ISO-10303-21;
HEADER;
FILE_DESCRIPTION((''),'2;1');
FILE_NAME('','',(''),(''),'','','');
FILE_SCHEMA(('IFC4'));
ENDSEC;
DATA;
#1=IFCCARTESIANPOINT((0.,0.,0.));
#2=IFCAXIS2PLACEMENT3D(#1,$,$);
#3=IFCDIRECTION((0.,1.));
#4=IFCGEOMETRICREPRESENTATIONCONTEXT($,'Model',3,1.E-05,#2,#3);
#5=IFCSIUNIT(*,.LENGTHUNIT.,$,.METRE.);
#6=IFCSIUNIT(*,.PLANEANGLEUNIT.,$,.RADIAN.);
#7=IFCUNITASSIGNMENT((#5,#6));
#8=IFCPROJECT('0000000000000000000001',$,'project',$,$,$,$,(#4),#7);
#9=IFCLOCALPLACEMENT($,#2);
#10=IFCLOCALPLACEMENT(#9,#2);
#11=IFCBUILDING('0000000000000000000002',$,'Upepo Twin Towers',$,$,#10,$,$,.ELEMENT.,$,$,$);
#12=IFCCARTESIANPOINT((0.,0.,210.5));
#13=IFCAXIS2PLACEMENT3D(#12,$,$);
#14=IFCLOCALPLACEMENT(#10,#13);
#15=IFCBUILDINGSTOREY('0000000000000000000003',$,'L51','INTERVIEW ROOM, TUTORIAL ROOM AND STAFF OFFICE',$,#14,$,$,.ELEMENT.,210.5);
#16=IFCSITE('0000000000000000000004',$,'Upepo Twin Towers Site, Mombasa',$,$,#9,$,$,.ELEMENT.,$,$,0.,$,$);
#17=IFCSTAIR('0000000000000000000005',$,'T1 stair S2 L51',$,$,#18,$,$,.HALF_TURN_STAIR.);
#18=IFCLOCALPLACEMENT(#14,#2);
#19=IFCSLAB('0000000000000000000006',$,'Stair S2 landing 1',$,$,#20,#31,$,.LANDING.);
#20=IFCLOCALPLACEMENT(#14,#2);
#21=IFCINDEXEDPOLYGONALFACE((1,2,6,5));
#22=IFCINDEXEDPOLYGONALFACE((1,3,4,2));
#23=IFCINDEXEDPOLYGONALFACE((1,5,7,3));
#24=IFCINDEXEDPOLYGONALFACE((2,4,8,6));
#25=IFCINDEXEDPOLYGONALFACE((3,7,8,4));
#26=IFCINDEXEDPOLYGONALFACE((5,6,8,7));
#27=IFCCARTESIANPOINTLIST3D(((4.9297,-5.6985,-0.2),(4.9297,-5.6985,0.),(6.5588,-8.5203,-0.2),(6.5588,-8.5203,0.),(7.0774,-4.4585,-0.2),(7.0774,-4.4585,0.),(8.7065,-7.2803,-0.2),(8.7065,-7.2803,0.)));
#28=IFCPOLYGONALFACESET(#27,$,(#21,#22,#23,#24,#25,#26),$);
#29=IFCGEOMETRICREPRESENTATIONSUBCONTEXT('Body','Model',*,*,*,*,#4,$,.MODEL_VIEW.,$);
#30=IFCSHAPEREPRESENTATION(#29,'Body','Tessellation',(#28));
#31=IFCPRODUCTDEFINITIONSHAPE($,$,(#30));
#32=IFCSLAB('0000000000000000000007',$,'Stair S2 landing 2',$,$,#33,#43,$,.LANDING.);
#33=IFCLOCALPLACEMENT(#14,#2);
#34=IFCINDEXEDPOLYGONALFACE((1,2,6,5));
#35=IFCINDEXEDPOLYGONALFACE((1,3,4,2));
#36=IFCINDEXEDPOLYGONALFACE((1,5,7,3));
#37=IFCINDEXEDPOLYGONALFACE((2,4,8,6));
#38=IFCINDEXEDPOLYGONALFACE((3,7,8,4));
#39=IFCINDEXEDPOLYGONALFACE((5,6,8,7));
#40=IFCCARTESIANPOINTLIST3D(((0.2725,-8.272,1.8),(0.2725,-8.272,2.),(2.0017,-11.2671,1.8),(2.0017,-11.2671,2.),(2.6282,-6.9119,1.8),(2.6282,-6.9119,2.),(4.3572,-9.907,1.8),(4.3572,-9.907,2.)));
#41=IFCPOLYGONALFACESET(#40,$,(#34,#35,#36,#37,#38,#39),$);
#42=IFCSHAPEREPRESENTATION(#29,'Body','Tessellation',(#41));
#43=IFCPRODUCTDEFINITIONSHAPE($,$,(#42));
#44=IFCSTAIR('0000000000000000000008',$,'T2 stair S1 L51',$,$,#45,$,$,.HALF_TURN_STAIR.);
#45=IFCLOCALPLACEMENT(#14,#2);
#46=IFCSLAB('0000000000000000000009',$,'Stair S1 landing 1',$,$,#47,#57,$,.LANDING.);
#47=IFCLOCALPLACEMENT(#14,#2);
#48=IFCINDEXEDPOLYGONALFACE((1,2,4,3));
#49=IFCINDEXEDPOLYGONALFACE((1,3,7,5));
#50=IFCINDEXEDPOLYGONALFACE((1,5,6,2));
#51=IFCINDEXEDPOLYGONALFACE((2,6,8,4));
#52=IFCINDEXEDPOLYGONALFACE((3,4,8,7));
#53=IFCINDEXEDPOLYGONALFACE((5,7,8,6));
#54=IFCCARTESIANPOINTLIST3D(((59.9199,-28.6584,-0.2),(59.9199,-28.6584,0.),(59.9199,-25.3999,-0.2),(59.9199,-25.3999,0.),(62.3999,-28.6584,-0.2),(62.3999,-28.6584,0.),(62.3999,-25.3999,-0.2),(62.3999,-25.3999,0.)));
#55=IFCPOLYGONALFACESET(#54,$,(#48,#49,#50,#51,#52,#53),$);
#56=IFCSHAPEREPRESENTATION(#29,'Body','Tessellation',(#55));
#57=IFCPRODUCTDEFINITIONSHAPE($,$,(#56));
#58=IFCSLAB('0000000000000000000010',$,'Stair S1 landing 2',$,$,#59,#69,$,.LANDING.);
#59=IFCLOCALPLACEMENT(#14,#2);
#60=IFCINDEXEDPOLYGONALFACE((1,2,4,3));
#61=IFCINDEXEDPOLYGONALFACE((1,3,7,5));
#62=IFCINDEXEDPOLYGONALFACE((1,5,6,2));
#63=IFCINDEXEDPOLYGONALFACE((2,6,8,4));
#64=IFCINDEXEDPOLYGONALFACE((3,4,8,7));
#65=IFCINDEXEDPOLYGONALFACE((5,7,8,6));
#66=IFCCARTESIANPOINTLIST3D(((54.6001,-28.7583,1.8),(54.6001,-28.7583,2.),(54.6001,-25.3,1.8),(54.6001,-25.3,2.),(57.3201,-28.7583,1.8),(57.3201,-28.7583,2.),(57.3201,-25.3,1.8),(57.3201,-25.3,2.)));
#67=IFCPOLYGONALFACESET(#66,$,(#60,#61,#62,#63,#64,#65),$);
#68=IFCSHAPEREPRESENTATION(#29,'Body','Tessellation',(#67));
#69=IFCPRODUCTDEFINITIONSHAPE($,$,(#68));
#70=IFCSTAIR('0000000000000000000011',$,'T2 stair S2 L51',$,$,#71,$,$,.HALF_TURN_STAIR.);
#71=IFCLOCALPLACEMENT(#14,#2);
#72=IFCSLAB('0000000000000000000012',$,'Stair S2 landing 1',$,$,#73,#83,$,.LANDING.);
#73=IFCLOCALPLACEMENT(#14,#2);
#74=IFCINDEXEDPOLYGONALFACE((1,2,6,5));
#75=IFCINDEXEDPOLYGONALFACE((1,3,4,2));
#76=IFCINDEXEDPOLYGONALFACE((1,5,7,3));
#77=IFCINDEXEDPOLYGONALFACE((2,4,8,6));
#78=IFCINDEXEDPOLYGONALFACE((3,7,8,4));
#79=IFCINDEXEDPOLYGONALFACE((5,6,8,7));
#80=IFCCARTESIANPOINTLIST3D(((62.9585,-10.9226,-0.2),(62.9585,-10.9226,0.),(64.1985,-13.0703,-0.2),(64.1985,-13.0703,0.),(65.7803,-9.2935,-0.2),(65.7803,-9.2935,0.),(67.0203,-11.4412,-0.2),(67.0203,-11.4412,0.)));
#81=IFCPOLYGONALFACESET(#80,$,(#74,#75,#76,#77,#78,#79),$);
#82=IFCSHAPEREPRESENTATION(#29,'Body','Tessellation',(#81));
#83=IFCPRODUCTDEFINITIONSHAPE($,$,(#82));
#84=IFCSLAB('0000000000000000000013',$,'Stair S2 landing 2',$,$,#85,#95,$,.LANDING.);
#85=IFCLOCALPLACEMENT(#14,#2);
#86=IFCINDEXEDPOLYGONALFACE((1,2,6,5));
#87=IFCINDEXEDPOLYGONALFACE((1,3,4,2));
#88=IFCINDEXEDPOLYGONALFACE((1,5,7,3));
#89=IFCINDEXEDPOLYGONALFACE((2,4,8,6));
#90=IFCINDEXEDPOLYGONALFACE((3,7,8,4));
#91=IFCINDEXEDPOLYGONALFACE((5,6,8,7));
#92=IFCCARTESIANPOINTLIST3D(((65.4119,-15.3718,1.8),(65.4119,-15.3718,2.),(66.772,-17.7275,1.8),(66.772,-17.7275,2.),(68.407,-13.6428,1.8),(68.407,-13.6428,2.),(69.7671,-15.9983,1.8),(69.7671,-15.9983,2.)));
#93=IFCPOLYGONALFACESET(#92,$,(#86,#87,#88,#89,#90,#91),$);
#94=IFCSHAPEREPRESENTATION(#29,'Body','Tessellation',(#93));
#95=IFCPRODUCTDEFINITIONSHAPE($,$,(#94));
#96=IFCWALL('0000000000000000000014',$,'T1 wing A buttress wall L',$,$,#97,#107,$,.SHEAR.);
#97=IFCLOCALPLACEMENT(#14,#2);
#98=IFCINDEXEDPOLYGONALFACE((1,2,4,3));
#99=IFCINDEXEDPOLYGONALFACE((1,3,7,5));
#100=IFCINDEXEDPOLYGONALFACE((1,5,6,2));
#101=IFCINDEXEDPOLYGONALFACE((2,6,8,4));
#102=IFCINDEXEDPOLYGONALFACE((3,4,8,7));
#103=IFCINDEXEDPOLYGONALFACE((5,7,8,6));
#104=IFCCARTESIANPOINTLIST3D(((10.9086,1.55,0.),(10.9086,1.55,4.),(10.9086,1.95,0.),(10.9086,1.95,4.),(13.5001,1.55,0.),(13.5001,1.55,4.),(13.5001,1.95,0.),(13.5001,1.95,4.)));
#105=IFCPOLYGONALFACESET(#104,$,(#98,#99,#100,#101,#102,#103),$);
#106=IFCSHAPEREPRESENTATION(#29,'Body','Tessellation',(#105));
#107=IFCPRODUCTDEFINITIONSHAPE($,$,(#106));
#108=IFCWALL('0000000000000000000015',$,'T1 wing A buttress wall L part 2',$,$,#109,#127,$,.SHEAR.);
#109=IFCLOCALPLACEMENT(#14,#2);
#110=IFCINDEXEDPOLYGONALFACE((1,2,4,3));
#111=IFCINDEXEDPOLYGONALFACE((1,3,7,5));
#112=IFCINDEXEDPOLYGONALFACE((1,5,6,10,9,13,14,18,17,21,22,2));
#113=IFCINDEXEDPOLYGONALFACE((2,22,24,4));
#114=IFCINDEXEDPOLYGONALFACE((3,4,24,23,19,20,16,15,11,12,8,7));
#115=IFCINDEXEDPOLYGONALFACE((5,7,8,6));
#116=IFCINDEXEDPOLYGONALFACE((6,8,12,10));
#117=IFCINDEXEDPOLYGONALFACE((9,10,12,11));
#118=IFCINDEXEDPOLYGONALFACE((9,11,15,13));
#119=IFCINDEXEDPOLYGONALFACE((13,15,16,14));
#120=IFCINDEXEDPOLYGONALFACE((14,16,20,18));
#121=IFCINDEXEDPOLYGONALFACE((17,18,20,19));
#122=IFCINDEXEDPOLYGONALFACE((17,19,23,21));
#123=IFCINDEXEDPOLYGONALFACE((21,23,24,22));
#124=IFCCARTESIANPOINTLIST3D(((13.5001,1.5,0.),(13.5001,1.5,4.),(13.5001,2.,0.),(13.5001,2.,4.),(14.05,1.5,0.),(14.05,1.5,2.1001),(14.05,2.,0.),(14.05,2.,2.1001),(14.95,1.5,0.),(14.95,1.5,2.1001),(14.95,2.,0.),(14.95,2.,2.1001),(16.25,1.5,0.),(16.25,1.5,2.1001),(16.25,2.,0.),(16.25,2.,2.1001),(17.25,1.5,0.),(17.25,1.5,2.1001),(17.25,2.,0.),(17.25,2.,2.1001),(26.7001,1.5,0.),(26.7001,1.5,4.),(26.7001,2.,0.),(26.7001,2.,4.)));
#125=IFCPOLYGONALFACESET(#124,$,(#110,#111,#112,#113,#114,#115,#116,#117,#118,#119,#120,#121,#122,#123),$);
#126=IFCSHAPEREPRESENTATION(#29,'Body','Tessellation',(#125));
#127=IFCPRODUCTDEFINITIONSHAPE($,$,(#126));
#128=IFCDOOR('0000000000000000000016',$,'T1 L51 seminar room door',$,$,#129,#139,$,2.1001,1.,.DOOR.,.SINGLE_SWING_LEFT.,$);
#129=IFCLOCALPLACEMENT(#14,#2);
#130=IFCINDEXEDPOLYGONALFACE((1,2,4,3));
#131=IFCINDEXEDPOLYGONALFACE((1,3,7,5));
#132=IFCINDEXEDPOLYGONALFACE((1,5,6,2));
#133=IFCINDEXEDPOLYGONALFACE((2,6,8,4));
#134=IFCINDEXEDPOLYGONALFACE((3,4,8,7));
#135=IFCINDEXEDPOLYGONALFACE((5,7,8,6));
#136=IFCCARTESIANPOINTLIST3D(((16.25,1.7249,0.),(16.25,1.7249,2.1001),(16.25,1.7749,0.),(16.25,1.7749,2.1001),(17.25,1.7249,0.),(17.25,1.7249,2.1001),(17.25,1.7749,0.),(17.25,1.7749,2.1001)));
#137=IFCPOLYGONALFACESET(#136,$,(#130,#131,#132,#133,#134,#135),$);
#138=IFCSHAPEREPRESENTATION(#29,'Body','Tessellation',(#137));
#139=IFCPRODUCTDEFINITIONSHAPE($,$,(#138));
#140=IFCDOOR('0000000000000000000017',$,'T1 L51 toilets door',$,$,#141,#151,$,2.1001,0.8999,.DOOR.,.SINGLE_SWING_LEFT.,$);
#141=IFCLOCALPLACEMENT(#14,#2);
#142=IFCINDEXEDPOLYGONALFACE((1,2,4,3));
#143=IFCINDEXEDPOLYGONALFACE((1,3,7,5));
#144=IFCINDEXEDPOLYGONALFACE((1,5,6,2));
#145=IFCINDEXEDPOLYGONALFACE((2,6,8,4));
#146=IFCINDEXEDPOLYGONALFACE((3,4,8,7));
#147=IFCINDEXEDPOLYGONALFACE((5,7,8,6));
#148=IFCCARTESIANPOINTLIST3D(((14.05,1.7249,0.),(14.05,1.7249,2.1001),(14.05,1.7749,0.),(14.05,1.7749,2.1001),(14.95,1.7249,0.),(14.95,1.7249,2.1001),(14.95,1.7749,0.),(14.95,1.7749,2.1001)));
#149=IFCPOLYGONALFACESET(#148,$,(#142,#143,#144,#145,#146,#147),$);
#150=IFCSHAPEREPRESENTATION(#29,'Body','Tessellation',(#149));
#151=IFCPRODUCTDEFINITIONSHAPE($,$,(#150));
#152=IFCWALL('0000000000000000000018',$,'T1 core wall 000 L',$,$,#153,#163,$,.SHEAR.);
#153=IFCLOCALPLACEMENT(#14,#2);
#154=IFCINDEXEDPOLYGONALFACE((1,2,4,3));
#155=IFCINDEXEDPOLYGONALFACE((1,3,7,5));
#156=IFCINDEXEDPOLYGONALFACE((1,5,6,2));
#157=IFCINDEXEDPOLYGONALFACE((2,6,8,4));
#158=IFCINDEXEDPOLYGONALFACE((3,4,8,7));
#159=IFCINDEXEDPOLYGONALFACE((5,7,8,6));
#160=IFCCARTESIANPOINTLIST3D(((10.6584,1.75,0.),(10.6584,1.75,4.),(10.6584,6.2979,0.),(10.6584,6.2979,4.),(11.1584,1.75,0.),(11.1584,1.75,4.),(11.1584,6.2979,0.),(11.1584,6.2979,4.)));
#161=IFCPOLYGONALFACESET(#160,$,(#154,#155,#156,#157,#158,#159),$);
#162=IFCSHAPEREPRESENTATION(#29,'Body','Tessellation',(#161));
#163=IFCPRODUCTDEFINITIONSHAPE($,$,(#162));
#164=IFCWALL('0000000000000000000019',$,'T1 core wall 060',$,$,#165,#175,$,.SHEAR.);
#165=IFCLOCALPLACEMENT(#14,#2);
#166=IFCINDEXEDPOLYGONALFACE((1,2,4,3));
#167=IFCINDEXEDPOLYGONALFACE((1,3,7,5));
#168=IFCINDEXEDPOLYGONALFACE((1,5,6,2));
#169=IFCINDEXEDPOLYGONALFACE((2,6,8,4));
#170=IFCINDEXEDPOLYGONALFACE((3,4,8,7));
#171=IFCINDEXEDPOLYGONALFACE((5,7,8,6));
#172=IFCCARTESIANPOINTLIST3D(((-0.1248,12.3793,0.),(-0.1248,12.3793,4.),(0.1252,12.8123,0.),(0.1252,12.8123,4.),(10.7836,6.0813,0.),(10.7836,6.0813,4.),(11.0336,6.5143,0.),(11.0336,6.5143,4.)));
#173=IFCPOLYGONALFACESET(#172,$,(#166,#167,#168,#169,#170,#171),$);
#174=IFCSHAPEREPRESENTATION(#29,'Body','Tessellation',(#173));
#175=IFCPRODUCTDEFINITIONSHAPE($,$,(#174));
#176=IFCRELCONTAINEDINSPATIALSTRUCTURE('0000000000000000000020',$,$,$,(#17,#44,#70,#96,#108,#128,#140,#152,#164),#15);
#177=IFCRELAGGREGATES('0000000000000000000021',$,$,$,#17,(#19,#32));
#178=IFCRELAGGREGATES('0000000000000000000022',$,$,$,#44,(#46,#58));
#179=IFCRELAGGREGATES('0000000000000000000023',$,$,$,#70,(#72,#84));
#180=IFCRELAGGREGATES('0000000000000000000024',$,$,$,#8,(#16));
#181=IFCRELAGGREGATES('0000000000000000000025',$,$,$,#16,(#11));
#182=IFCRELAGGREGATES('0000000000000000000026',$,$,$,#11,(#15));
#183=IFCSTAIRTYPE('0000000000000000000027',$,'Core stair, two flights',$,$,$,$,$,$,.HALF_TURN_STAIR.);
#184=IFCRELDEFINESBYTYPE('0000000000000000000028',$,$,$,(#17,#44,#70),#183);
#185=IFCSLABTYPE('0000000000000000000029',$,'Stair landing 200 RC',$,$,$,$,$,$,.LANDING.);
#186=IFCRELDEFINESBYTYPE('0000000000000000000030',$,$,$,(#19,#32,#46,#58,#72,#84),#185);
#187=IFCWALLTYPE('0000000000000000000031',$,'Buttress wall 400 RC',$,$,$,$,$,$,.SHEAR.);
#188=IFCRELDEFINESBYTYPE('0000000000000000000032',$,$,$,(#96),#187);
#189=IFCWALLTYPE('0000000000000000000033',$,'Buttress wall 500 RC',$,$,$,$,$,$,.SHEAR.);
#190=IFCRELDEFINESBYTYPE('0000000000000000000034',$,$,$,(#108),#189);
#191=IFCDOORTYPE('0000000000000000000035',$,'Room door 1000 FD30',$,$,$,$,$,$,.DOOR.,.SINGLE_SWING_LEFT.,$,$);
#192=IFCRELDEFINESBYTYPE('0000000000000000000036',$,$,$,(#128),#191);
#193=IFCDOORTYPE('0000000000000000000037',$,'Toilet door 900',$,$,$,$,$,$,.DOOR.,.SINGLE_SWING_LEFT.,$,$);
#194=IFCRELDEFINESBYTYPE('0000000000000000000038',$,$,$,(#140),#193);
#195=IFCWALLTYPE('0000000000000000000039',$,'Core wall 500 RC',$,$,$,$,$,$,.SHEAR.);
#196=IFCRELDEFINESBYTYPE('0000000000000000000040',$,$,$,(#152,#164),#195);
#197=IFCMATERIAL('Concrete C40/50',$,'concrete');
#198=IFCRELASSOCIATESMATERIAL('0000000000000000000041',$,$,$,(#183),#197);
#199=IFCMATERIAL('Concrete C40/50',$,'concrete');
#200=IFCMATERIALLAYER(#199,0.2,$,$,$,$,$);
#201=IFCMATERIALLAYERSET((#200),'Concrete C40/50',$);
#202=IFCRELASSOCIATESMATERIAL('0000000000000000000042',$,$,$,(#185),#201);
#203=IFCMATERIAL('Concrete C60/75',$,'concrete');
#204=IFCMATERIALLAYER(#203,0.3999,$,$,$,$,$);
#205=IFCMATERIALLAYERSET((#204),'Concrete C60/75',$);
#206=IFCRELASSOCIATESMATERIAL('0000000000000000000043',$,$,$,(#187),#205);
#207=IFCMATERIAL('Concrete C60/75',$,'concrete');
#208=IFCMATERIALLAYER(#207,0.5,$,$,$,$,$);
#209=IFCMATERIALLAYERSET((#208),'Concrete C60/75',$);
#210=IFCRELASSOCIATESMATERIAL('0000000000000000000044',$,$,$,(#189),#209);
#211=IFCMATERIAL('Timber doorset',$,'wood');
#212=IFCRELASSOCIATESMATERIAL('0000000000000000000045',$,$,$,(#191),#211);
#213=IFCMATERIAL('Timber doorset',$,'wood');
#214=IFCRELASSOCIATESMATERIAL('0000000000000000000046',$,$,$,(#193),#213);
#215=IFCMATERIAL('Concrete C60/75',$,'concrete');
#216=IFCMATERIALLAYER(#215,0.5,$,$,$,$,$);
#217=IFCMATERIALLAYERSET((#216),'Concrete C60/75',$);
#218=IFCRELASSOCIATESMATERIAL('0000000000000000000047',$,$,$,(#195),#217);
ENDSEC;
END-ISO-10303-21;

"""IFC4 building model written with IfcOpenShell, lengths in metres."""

from ifc_helpers import new_model, si_unit, direction, frame, frame_2d, origin, place, context, subcontext, project, spatial, polyline, rectangle, outline, extrude, material, layer, layer_set, type_object, element, fill, aggregate, save


model = new_model("IFC4")

# Units and contexts
model_context = context("Model", 3, precision=1e-05, world=origin(), true_north=direction((0.0, 1.0)))
body_context = subcontext(model_context, "Body", "Model", "MODEL_VIEW")
ifc_project = project(units=[si_unit("LENGTHUNIT", "METRE"), si_unit("PLANEANGLEUNIT", "RADIAN")], contexts=[model_context])

# Site, building, storey
site_placement = place(None, origin())
site = spatial("IfcSite", under=ifc_project, at=site_placement, Name="Upepo Twin Towers Site, Mombasa", CompositionType="ELEMENT", RefElevation=0.0)
building_placement = place(site_placement, origin())
building = spatial("IfcBuilding", under=site, at=building_placement, Name="Upepo Twin Towers", CompositionType="ELEMENT")
storey_placement = place(building_placement, frame((0.0, 0.0, 210.5)))
storey = spatial("IfcBuildingStorey", under=building, at=storey_placement, Name="L51", Description="INTERVIEW ROOM, TUTORIAL ROOM AND STAFF OFFICE", CompositionType="ELEMENT", Elevation=210.5)

# Stairs, slabs
ifc_material_1 = material(Name="Concrete C40/50", Category="concrete")
stair_type = type_object("IfcStairType", Name="Core stair, two flights", PredefinedType="HALF_TURN_STAIR", material=ifc_material_1)
stair_1_placement = place(storey_placement, origin())
stair_1 = element("IfcStair", 1, at=stair_1_placement, inside=storey, type_object=stair_type, Name="T1 stair S2 L51", PredefinedType="HALF_TURN_STAIR")
ifc_material_2 = material(Name="Concrete C40/50", Category="concrete")
ifc_layer_1 = layer(ifc_material_2, 0.2)
ifc_layer_set_1 = layer_set([ifc_layer_1], Name="Concrete C40/50")
slab_type = type_object("IfcSlabType", Name="Stair landing 200 RC", PredefinedType="LANDING", material=ifc_layer_set_1)
slab_1_placement = place(storey_placement, frame((0.0, 0.0, -0.2)))
slab_1 = element("IfcSlab", 2, at=slab_1_placement, type_object=slab_type, Name="Stair S2 landing 1", PredefinedType="LANDING", context=body_context, shape_type="SweptSolid", body=[
    extrude(outline(polyline([(4.9297, -5.6985), (6.5588, -8.5203), (8.7065, -7.2803), (7.0774, -4.4585), (4.9297, -5.6985)])), origin(), (0.0, 0.0, 1.0), 0.2),
])
slab_2_placement = place(storey_placement, frame((0.0, 0.0, 1.8)))
slab_2 = element("IfcSlab", 3, at=slab_2_placement, type_object=slab_type, Name="Stair S2 landing 2", PredefinedType="LANDING", context=body_context, shape_type="SweptSolid", body=[
    extrude(outline(polyline([(0.2725, -8.272), (2.0017, -11.2671), (4.3572, -9.907), (2.6282, -6.9119), (0.2725, -8.272)])), origin(), (0.0, 0.0, 1.0), 0.2),
])
aggregate(stair_1, [slab_1, slab_2])
stair_2_placement = place(storey_placement, origin())
stair_2 = element("IfcStair", 4, at=stair_2_placement, inside=storey, type_object=stair_type, Name="T2 stair S1 L51", PredefinedType="HALF_TURN_STAIR")
slab_3_placement = place(storey_placement, frame((0.0, 0.0, -0.2)))
slab_3 = element("IfcSlab", 5, at=slab_3_placement, type_object=slab_type, Name="Stair S1 landing 1", PredefinedType="LANDING", context=body_context, shape_type="SweptSolid", body=[
    extrude(outline(polyline([(59.9199, -25.3999), (59.9199, -28.6584), (62.3999, -28.6584), (62.3999, -25.3999), (59.9199, -25.3999)])), origin(), (0.0, 0.0, 1.0), 0.2),
])
slab_4_placement = place(storey_placement, frame((0.0, 0.0, 1.8)))
slab_4 = element("IfcSlab", 6, at=slab_4_placement, type_object=slab_type, Name="Stair S1 landing 2", PredefinedType="LANDING", context=body_context, shape_type="SweptSolid", body=[
    extrude(outline(polyline([(54.6001, -25.3), (54.6001, -28.7583), (57.3201, -28.7583), (57.3201, -25.3), (54.6001, -25.3)])), origin(), (0.0, 0.0, 1.0), 0.2),
])
aggregate(stair_2, [slab_3, slab_4])
stair_3_placement = place(storey_placement, origin())
stair_3 = element("IfcStair", 7, at=stair_3_placement, inside=storey, type_object=stair_type, Name="T2 stair S2 L51", PredefinedType="HALF_TURN_STAIR")
slab_5_placement = place(storey_placement, frame((0.0, 0.0, -0.2)))
slab_5 = element("IfcSlab", 8, at=slab_5_placement, type_object=slab_type, Name="Stair S2 landing 1", PredefinedType="LANDING", context=body_context, shape_type="SweptSolid", body=[
    extrude(outline(polyline([(64.1985, -13.0703), (67.0203, -11.4412), (65.7803, -9.2935), (62.9585, -10.9226), (64.1985, -13.0703)])), origin(), (0.0, 0.0, 1.0), 0.2),
])
slab_6_placement = place(storey_placement, frame((0.0, 0.0, 1.8)))
slab_6 = element("IfcSlab", 9, at=slab_6_placement, type_object=slab_type, Name="Stair S2 landing 2", PredefinedType="LANDING", context=body_context, shape_type="SweptSolid", body=[
    extrude(outline(polyline([(66.772, -17.7275), (69.7671, -15.9983), (68.407, -13.6428), (65.4119, -15.3718), (66.772, -17.7275)])), origin(), (0.0, 0.0, 1.0), 0.2),
])
aggregate(stair_3, [slab_5, slab_6])

# Wall
ifc_material_3 = material(Name="Concrete C60/75", Category="concrete")
ifc_layer_2 = layer(ifc_material_3, 0.3999)
ifc_layer_set_2 = layer_set([ifc_layer_2], Name="Concrete C60/75")
wall_type_1 = type_object("IfcWallType", Name="Buttress wall 400 RC", PredefinedType="SHEAR", material=ifc_layer_set_2)
wall_1_placement = place(storey_placement, frame((10.9084, 1.75, 0.0), z_axis=(0.0, 0.0, 1.0), x_axis=(1.0, 0.0, 0.0)))
element("IfcWall", 10, at=wall_1_placement, inside=storey, type_object=wall_type_1, Name="T1 wing A buttress wall L", PredefinedType="SHEAR", context=body_context, shape_type="SweptSolid", body=[
    extrude(rectangle(XDim=2.5916, YDim=0.3999, at=frame_2d((1.2959, 0.0))), origin(), (0.0, 0.0, 1.0), 4.0),
])

# Wall, openings, doors
ifc_material_4 = material(Name="Concrete C60/75", Category="concrete")
ifc_layer_3 = layer(ifc_material_4, 0.5)
ifc_layer_set_3 = layer_set([ifc_layer_3], Name="Concrete C60/75")
wall_type_2 = type_object("IfcWallType", Name="Buttress wall 500 RC", PredefinedType="SHEAR", material=ifc_layer_set_3)
wall_2_placement = place(storey_placement, frame((13.5, 1.75, 0.0), z_axis=(0.0, 0.0, 1.0), x_axis=(1.0, 0.0, 0.0)))
wall_2 = element("IfcWall", 11, at=wall_2_placement, inside=storey, type_object=wall_type_2, Name="T1 wing A buttress wall L part 2", PredefinedType="SHEAR", context=body_context, shape_type="SweptSolid", body=[
    extrude(rectangle(XDim=13.2, YDim=0.5, at=frame_2d((6.6001, 0.0))), origin(), (0.0, 0.0, 1.0), 4.0),
])
opening_1_placement = place(wall_2_placement, frame((0.55, 0.0, 0.0)))
opening_1 = element("IfcOpeningElement", 12, at=opening_1_placement, cuts=wall_2, PredefinedType="OPENING", context=body_context, shape_type="SweptSolid", body=[
    extrude(rectangle(XDim=0.8999, YDim=2.1001, at=frame_2d((0.45, 1.05))), frame((0.0, 0.26, 0.0), z_axis=(0.0, -1.0, 0.0), x_axis=(1.0, 0.0, 0.0)), (0.0, 0.0, 1.0), 0.52),
])
opening_2_placement = place(wall_2_placement, frame((2.75, 0.0, 0.0)))
opening_2 = element("IfcOpeningElement", 13, at=opening_2_placement, cuts=wall_2, PredefinedType="OPENING", context=body_context, shape_type="SweptSolid", body=[
    extrude(rectangle(XDim=1.0, YDim=2.1001, at=frame_2d((0.5, 1.05))), frame((0.0, 0.26, 0.0), z_axis=(0.0, -1.0, 0.0), x_axis=(1.0, 0.0, 0.0)), (0.0, 0.0, 1.0), 0.52),
])
ifc_material_5 = material(Name="Timber doorset", Category="wood")
door_type_1 = type_object("IfcDoorType", Name="Room door 1000 FD30", OperationType="SINGLE_SWING_LEFT", PredefinedType="DOOR", material=ifc_material_5)
door_1_placement = place(opening_2_placement, origin())
door_1 = element("IfcDoor", 14, at=door_1_placement, inside=storey, type_object=door_type_1, Name="T1 L51 seminar room door", OperationType="SINGLE_SWING_LEFT", OverallHeight=2.1001, OverallWidth=1.0, PredefinedType="DOOR", context=body_context, shape_type="SweptSolid", body=[
    extrude(rectangle(XDim=1.0, YDim=2.1001, at=frame_2d((0.5, 1.05))), frame((0.0, 0.0249, 0.0), z_axis=(0.0, -1.0, 0.0), x_axis=(1.0, 0.0, 0.0)), (0.0, 0.0, 1.0), 0.05),
])
fill(opening_2, door_1)
ifc_material_6 = material(Name="Timber doorset", Category="wood")
door_type_2 = type_object("IfcDoorType", Name="Toilet door 900", OperationType="SINGLE_SWING_LEFT", PredefinedType="DOOR", material=ifc_material_6)
door_2_placement = place(opening_1_placement, origin())
door_2 = element("IfcDoor", 15, at=door_2_placement, inside=storey, type_object=door_type_2, Name="T1 L51 toilets door", OperationType="SINGLE_SWING_LEFT", OverallHeight=2.1001, OverallWidth=0.8999, PredefinedType="DOOR", context=body_context, shape_type="SweptSolid", body=[
    extrude(rectangle(XDim=0.8999, YDim=2.1001, at=frame_2d((0.45, 1.05))), frame((0.0, 0.0249, 0.0), z_axis=(0.0, -1.0, 0.0), x_axis=(1.0, 0.0, 0.0)), (0.0, 0.0, 1.0), 0.05),
])
fill(opening_1, door_2)

# Walls
ifc_material_7 = material(Name="Concrete C60/75", Category="concrete")
ifc_layer_4 = layer(ifc_material_7, 0.5)
ifc_layer_set_4 = layer_set([ifc_layer_4], Name="Concrete C60/75")
wall_type_3 = type_object("IfcWallType", Name="Core wall 500 RC", PredefinedType="SHEAR", material=ifc_layer_set_4)
wall_3_placement = place(storey_placement, frame((10.9084, 1.75, 0.0), z_axis=(0.0, 0.0, 1.0), x_axis=(0.0, 1.0, 0.0)))
element("IfcWall", 16, at=wall_3_placement, inside=storey, type_object=wall_type_3, Name="T1 core wall 000 L", PredefinedType="SHEAR", context=body_context, shape_type="SweptSolid", body=[
    extrude(rectangle(XDim=4.5479, YDim=0.5, at=frame_2d((2.2739, 0.0))), origin(), (0.0, 0.0, 1.0), 4.0),
])
wall_4_placement = place(storey_placement, frame((10.9084, 6.2979, 0.0), z_axis=(0.0, 0.0, 1.0), x_axis=(-0.866022, 0.500006, 0.0)))
element("IfcWall", 17, at=wall_4_placement, inside=storey, type_object=wall_type_3, Name="T1 core wall 060", PredefinedType="SHEAR", context=body_context, shape_type="SweptSolid", body=[
    extrude(rectangle(XDim=12.5959, YDim=0.5, at=frame_2d((6.2979, 0.0))), origin(), (0.0, 0.0, 1.0), 4.0),
])

save(model, "model.ifc")
